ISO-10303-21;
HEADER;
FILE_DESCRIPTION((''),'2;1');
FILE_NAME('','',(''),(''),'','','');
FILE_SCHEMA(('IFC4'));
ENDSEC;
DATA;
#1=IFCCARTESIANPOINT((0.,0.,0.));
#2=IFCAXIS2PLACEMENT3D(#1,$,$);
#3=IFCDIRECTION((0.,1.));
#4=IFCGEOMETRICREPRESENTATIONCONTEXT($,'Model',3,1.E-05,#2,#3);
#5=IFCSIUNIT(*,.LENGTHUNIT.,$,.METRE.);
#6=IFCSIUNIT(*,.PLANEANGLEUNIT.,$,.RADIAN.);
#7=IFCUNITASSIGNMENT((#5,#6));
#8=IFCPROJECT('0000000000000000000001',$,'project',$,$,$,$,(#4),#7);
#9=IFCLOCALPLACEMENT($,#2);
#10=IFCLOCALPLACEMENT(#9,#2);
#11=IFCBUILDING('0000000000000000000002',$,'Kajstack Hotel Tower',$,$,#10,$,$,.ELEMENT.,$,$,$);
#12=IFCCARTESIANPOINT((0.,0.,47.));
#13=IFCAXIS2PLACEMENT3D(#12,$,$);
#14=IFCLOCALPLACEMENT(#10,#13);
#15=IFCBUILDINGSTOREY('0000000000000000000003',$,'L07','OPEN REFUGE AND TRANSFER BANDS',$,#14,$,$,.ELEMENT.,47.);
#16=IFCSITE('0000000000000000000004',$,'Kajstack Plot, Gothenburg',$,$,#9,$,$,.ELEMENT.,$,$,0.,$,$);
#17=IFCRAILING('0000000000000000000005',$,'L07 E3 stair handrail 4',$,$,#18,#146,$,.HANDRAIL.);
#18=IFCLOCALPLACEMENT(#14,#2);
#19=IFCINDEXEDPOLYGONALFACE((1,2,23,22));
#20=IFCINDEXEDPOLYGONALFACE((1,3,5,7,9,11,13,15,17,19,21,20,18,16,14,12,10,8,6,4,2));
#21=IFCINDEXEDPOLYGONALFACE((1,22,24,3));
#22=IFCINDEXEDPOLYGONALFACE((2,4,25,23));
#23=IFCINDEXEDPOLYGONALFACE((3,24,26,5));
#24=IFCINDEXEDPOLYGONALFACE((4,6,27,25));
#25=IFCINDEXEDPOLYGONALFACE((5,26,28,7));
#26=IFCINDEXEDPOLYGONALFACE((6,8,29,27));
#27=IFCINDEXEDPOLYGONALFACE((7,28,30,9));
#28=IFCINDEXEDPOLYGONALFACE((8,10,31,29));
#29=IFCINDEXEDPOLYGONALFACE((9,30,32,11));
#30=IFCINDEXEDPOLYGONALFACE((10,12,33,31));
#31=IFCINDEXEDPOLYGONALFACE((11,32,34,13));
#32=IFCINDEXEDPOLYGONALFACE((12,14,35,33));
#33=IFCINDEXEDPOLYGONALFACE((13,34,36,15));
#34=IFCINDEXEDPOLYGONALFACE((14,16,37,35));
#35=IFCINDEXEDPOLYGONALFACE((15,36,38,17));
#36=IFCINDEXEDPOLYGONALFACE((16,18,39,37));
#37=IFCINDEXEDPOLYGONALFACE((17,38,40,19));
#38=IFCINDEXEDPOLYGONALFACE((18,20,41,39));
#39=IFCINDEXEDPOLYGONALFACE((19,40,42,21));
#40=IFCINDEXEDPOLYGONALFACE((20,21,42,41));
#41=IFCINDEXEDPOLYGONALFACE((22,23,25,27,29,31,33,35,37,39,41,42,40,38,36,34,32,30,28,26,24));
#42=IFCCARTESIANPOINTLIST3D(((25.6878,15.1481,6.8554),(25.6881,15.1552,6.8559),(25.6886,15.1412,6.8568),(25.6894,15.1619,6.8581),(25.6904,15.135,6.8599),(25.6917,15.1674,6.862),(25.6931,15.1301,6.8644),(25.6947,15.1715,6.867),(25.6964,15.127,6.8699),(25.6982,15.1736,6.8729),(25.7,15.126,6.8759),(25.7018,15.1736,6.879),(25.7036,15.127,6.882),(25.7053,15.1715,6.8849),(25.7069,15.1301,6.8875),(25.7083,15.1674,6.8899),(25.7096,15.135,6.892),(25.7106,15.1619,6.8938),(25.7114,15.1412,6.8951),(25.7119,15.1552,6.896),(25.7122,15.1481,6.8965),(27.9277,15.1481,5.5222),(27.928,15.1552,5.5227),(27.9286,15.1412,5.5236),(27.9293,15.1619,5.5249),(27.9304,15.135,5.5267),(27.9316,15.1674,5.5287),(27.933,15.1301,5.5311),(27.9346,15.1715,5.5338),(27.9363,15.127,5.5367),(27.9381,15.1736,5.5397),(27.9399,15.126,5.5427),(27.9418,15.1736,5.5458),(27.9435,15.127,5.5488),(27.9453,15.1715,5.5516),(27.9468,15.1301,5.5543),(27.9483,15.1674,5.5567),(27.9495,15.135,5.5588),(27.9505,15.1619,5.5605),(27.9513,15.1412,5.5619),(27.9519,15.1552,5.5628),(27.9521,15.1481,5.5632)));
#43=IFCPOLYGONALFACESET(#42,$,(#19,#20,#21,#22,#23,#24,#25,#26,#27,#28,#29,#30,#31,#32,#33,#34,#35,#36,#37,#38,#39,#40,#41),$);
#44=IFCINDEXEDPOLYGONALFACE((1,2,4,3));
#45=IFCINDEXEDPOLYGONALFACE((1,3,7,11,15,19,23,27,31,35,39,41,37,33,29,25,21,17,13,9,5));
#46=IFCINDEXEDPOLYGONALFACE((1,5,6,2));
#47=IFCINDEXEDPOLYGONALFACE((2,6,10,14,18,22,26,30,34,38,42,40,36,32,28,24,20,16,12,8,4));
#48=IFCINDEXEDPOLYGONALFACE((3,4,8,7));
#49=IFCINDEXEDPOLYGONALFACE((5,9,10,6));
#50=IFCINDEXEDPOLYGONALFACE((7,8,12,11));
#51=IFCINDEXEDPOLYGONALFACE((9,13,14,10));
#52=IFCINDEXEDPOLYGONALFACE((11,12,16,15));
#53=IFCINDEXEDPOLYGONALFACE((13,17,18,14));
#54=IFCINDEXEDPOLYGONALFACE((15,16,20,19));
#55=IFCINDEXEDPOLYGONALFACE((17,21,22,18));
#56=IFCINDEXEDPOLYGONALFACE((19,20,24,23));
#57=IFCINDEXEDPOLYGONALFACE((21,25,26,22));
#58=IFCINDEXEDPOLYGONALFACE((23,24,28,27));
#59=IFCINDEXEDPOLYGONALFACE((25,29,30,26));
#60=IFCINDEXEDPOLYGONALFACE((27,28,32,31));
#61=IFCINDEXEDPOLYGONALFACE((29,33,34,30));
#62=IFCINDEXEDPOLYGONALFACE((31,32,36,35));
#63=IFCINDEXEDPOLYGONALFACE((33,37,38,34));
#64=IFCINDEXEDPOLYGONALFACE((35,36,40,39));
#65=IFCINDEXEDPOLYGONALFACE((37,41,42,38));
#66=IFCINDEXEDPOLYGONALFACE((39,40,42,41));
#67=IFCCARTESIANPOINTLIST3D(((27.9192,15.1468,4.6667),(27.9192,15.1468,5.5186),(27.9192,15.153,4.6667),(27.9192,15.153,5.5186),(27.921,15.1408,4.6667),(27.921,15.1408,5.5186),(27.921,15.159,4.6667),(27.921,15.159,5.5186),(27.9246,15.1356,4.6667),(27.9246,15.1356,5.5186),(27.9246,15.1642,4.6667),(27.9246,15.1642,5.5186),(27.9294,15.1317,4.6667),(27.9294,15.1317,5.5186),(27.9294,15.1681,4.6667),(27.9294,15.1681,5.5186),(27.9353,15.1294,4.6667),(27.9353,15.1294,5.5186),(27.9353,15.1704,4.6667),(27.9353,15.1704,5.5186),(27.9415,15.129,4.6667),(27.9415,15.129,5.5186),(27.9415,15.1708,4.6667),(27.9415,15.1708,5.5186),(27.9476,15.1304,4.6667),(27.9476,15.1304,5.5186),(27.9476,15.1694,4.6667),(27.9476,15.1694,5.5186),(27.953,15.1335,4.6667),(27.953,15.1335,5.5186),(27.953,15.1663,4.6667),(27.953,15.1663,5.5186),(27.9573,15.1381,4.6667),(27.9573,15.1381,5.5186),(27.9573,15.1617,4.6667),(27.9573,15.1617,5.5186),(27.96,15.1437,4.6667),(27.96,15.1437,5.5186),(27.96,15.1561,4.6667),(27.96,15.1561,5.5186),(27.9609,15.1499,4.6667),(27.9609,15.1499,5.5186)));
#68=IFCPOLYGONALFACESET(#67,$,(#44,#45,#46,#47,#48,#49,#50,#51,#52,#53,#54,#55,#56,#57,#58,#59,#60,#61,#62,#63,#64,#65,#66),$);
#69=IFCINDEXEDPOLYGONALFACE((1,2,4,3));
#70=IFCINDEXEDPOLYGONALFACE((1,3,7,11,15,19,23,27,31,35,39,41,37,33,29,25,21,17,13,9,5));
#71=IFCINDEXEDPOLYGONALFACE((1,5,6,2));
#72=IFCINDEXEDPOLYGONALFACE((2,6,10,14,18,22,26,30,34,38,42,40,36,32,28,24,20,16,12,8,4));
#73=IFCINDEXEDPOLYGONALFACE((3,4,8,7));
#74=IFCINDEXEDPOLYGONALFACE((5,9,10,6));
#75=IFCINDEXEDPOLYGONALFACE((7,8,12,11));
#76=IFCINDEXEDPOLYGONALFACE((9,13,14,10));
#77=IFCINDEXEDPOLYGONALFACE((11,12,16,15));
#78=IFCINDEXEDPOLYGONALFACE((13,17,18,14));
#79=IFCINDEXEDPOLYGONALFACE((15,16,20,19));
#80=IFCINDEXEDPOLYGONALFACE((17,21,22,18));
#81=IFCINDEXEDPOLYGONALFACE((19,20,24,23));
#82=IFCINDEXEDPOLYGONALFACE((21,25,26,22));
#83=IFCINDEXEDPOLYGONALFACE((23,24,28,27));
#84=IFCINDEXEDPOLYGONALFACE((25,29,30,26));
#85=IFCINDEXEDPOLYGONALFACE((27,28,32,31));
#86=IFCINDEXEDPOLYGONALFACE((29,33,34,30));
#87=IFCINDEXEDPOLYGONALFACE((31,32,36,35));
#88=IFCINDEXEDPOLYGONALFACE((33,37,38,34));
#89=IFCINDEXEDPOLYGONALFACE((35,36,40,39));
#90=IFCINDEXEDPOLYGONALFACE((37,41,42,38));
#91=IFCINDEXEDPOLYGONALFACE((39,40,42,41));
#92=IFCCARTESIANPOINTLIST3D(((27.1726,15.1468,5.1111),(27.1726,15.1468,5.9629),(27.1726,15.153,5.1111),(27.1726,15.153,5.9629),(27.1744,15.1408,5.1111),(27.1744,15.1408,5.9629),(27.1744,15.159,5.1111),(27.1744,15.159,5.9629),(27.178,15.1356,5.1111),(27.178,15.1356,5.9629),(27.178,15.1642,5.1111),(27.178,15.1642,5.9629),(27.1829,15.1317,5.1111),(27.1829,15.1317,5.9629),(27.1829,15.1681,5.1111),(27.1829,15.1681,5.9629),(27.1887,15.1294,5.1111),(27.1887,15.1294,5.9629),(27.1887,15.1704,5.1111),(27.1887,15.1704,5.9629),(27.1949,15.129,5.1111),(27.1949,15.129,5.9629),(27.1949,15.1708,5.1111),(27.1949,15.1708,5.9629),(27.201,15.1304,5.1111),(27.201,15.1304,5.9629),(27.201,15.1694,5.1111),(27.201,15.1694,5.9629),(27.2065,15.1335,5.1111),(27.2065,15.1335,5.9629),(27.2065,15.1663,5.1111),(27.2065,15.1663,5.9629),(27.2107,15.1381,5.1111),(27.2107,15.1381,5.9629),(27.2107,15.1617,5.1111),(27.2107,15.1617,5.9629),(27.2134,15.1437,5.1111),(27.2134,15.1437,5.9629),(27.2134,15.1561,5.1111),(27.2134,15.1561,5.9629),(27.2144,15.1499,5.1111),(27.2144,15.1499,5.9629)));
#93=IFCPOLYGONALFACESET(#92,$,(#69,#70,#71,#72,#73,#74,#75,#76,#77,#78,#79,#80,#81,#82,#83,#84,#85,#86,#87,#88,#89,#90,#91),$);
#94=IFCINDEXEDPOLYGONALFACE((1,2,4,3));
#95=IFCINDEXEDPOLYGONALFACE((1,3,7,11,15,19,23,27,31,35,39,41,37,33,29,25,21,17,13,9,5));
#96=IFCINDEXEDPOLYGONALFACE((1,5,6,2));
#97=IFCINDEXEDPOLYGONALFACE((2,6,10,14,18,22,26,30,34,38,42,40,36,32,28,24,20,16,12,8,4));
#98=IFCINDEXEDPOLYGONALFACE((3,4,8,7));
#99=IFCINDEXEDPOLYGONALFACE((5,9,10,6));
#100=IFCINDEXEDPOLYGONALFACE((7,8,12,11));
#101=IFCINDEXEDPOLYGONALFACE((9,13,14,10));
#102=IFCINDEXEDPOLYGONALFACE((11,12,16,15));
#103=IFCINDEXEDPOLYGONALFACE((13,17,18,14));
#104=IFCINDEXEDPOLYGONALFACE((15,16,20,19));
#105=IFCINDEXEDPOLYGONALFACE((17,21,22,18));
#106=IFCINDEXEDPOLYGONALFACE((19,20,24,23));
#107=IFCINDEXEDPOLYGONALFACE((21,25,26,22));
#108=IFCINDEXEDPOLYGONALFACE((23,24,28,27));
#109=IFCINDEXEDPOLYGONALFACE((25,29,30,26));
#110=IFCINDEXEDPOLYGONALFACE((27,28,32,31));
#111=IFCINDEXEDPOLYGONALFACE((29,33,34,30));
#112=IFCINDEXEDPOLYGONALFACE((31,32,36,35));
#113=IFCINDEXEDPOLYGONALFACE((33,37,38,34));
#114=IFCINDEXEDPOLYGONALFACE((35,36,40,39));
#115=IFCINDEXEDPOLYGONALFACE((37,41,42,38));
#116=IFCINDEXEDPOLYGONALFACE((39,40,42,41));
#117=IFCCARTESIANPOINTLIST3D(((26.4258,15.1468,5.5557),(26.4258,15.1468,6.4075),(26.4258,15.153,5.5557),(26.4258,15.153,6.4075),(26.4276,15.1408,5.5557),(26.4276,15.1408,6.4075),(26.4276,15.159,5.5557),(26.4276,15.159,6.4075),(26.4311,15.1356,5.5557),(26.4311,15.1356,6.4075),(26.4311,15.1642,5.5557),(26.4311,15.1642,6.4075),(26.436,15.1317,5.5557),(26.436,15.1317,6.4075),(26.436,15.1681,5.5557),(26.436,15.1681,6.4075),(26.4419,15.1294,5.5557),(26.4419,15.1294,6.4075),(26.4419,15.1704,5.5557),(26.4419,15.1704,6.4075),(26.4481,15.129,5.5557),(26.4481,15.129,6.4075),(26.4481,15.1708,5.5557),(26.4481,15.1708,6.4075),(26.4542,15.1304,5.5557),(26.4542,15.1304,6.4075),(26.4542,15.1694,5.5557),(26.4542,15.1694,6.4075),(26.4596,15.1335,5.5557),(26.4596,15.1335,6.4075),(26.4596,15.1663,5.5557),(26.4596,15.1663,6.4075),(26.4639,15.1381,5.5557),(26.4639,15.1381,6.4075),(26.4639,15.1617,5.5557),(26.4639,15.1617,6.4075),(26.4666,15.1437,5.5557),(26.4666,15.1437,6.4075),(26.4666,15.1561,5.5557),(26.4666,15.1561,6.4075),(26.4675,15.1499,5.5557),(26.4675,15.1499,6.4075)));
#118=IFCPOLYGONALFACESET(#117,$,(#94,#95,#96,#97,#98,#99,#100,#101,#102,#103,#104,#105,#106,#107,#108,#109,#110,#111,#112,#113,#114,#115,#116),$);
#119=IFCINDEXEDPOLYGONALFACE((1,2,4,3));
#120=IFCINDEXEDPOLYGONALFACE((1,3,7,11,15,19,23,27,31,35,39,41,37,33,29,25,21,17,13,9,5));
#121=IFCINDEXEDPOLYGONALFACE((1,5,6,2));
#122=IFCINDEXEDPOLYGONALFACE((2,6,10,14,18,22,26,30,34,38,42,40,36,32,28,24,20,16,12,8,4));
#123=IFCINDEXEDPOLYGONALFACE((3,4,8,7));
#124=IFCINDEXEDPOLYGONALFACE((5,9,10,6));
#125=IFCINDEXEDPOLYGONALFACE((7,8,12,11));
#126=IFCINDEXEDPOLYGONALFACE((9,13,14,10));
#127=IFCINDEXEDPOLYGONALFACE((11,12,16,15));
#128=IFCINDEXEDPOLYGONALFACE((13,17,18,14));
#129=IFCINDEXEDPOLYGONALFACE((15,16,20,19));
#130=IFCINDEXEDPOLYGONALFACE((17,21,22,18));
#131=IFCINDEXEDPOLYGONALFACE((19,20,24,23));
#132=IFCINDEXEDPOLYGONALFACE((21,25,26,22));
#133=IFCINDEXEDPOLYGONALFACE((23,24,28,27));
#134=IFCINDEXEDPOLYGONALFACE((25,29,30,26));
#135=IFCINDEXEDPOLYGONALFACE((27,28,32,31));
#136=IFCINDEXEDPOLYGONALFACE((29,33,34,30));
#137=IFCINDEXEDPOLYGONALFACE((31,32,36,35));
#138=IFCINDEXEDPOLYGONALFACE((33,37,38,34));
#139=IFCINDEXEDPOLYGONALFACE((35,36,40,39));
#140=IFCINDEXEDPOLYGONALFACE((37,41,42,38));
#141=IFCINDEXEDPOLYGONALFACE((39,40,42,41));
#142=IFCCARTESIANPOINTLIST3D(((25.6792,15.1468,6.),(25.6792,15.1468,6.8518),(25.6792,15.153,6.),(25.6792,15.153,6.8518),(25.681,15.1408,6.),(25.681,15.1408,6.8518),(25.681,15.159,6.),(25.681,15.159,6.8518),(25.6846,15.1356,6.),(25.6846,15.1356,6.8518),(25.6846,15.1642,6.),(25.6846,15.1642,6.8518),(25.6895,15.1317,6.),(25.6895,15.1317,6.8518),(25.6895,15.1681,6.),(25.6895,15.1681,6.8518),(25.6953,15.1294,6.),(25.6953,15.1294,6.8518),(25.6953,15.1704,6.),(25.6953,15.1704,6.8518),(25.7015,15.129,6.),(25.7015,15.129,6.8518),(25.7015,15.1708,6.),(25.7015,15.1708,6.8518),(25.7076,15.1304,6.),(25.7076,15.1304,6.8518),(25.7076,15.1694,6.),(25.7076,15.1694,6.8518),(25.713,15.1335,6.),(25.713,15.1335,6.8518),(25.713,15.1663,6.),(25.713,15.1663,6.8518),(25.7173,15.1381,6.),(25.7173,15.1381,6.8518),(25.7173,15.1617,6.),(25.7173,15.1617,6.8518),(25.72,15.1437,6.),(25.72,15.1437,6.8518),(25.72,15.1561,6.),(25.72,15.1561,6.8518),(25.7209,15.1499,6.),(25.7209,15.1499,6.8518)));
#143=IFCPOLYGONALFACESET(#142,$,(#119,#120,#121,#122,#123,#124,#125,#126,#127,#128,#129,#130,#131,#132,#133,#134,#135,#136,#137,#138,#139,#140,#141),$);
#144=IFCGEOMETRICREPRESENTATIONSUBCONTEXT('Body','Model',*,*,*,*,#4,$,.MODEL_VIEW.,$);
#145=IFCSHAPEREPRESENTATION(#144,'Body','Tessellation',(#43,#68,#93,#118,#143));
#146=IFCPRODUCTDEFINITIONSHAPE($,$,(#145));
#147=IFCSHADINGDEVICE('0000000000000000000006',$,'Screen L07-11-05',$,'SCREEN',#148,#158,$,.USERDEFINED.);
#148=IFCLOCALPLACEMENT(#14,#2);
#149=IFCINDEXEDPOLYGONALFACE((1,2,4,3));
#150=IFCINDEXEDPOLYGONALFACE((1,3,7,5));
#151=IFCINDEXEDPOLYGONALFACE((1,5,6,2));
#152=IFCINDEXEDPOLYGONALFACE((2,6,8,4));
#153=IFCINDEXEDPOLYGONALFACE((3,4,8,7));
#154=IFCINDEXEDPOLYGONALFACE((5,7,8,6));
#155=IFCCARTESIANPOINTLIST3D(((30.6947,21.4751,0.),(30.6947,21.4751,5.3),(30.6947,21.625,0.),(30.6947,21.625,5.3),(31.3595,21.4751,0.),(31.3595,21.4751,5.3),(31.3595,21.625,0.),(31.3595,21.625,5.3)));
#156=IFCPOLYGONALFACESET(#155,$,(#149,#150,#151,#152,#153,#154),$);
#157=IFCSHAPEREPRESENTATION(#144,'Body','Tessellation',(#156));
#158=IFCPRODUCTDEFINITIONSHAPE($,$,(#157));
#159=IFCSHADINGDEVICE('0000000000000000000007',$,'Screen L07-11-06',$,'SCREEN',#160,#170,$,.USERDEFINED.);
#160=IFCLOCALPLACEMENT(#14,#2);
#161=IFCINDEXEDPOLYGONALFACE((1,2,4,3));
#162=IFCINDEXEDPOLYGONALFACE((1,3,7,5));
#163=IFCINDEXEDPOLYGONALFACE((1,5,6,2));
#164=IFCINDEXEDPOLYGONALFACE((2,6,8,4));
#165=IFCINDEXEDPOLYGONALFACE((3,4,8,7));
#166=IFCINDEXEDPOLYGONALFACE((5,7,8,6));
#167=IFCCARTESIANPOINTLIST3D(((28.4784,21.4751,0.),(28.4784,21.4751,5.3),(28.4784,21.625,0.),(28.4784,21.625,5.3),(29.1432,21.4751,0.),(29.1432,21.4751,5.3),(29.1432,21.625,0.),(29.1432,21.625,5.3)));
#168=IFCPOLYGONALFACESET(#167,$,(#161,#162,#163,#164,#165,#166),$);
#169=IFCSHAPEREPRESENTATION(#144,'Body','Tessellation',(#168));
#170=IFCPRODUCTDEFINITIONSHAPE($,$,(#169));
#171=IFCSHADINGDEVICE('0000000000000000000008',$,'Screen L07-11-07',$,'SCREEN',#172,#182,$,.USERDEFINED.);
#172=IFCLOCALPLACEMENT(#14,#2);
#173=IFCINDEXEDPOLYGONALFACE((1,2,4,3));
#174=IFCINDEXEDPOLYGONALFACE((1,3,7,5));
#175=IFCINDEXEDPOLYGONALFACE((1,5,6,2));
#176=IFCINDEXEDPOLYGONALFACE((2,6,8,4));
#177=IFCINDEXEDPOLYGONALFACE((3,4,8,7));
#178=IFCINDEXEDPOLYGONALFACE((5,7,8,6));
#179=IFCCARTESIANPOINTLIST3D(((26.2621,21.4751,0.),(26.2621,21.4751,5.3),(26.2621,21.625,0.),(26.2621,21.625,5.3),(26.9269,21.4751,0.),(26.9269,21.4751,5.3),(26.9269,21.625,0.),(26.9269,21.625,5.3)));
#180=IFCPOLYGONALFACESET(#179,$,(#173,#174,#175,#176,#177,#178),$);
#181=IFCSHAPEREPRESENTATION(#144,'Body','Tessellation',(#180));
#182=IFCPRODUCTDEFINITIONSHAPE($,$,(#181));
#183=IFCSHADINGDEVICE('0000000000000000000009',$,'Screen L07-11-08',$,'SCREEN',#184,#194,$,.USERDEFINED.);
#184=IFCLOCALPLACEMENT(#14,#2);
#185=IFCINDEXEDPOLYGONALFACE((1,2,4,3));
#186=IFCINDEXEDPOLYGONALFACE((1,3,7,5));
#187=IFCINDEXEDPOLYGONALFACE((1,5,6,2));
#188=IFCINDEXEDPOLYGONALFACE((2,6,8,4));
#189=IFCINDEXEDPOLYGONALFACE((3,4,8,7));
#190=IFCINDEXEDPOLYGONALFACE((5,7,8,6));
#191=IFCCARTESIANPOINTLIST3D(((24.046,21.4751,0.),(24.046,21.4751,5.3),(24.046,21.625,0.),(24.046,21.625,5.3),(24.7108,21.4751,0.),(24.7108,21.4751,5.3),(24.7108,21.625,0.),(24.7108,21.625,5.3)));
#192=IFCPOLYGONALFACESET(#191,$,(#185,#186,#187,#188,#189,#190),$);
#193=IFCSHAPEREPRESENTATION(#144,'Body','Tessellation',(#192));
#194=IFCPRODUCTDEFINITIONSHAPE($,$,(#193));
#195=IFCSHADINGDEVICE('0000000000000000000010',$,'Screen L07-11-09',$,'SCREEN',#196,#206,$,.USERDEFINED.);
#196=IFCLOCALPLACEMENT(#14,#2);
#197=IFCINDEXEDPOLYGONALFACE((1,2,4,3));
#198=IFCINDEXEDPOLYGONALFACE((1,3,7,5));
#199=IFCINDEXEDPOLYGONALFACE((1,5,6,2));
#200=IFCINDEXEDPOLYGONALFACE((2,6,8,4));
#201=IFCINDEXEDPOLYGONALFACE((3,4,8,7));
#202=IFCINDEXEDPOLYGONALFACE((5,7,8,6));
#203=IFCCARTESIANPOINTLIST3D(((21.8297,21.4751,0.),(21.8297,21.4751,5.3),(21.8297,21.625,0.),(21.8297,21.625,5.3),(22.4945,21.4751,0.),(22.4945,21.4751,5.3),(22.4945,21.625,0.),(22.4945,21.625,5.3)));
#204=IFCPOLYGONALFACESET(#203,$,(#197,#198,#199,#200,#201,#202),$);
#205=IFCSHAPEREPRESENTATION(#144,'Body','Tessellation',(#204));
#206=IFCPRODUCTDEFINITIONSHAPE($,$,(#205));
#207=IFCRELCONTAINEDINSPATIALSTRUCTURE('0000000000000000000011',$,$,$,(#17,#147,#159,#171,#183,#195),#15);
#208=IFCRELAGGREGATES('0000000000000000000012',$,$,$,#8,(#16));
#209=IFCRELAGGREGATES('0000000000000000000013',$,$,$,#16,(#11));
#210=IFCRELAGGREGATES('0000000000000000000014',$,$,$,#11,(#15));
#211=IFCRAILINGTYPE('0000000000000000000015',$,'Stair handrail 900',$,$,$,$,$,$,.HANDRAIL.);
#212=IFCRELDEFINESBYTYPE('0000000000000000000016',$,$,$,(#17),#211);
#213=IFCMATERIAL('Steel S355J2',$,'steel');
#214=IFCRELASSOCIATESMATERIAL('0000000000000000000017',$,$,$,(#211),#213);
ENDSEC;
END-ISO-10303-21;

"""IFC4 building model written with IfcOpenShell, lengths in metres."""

from ifc_helpers import new_model, si_unit, direction, frame, origin, origin_2d, place, context, subcontext, project, spatial, rectangle, circle, extrude, material, type_object, element, save


model = new_model("IFC4")

# Units and contexts
model_context = context("Model", 3, precision=1e-05, world=origin(), true_north=direction((0.0, 1.0)))
body_context = subcontext(model_context, "Body", "Model", "MODEL_VIEW")
ifc_project = project(units=[si_unit("LENGTHUNIT", "METRE"), si_unit("PLANEANGLEUNIT", "RADIAN")], contexts=[model_context])

# Site, building, storey
site_placement = place(None, origin())
site = spatial("IfcSite", under=ifc_project, at=site_placement, Name="Kajstack Plot, Gothenburg", CompositionType="ELEMENT", RefElevation=0.0)
building_placement = place(site_placement, origin())
building = spatial("IfcBuilding", under=site, at=building_placement, Name="Kajstack Hotel Tower", CompositionType="ELEMENT")
storey_placement = place(building_placement, frame((0.0, 0.0, 47.0)))
storey = spatial("IfcBuildingStorey", under=building, at=storey_placement, Name="L07", Description="OPEN REFUGE AND TRANSFER BANDS", CompositionType="ELEMENT", Elevation=47.0)

# Railing
ifc_material_1 = material(Name="Steel S355J2", Category="steel")
railing_type_1 = type_object("IfcRailingType", Name="Stair handrail 900", PredefinedType="HANDRAIL", material=ifc_material_1)
railing_1_placement = place(storey_placement, frame((27.9399, 15.1499, 4.6667)))
element("IfcRailing", 1, at=railing_1_placement, inside=storey, type_object=railing_type_1, Name="L07 E3 stair handrail 4", PredefinedType="HANDRAIL", context=body_context, shape_type="SweptSolid", body=[
    extrude(circle(Radius=0.0239, at=origin_2d()), frame((0.0, 0.0, 0.876), z_axis=(-0.859306, 0.0, 0.511462), x_axis=(0.0, -1.0, 0.0)), (0.0, 0.0, 1.0), 2.6067),
    extrude(circle(Radius=0.021, at=origin_2d()), origin(), (0.0, 0.0, 1.0), 0.8518),
    extrude(circle(Radius=0.021, at=origin_2d()), frame((-0.7466, 0.0, 0.4443)), (0.0, 0.0, 1.0), 0.8518),
    extrude(circle(Radius=0.021, at=origin_2d()), frame((-1.4934, 0.0, 0.8889)), (0.0, 0.0, 1.0), 0.8518),
    extrude(circle(Radius=0.021, at=origin_2d()), frame((-2.24, 0.0, 1.3333)), (0.0, 0.0, 1.0), 0.8518),
])

# Shading devices
for number, where, z_axis, x_axis, name in (
    (2, (31.0271, 21.55, 0.0), (0.0, 0.0, 1.0), (-1.0, 0.0, 0.0), "Screen L07-11-05"),
    (3, (28.8108, 21.55, 0.0), (0.0, 0.0, 1.0), (-1.0, 0.0, 0.0), "Screen L07-11-06"),
    (4, (26.5945, 21.55, 0.0), (0.0, 0.0, 1.0), (-1.0, 0.0, 0.0), "Screen L07-11-07"),
    (5, (24.3784, 21.55, 0.0), (0.0, 0.0, 1.0), (-1.0, 0.0, 0.0), "Screen L07-11-08"),
    (6, (22.1621, 21.55, 0.0), (0.0, 0.0, 1.0), (-1.0, 0.0, 0.0), "Screen L07-11-09"),
):
    element("IfcShadingDevice", number, at=place(storey_placement, frame(where, z_axis=z_axis, x_axis=x_axis)), inside=storey, Name=name, ObjectType="SCREEN", PredefinedType="USERDEFINED", context=body_context, shape_type="SweptSolid", body=[
        extrude(rectangle(XDim=0.6648, YDim=0.1499, at=origin_2d()), origin(), (0.0, 0.0, 1.0), 5.3),
    ])

save(model, "model.ifc")
